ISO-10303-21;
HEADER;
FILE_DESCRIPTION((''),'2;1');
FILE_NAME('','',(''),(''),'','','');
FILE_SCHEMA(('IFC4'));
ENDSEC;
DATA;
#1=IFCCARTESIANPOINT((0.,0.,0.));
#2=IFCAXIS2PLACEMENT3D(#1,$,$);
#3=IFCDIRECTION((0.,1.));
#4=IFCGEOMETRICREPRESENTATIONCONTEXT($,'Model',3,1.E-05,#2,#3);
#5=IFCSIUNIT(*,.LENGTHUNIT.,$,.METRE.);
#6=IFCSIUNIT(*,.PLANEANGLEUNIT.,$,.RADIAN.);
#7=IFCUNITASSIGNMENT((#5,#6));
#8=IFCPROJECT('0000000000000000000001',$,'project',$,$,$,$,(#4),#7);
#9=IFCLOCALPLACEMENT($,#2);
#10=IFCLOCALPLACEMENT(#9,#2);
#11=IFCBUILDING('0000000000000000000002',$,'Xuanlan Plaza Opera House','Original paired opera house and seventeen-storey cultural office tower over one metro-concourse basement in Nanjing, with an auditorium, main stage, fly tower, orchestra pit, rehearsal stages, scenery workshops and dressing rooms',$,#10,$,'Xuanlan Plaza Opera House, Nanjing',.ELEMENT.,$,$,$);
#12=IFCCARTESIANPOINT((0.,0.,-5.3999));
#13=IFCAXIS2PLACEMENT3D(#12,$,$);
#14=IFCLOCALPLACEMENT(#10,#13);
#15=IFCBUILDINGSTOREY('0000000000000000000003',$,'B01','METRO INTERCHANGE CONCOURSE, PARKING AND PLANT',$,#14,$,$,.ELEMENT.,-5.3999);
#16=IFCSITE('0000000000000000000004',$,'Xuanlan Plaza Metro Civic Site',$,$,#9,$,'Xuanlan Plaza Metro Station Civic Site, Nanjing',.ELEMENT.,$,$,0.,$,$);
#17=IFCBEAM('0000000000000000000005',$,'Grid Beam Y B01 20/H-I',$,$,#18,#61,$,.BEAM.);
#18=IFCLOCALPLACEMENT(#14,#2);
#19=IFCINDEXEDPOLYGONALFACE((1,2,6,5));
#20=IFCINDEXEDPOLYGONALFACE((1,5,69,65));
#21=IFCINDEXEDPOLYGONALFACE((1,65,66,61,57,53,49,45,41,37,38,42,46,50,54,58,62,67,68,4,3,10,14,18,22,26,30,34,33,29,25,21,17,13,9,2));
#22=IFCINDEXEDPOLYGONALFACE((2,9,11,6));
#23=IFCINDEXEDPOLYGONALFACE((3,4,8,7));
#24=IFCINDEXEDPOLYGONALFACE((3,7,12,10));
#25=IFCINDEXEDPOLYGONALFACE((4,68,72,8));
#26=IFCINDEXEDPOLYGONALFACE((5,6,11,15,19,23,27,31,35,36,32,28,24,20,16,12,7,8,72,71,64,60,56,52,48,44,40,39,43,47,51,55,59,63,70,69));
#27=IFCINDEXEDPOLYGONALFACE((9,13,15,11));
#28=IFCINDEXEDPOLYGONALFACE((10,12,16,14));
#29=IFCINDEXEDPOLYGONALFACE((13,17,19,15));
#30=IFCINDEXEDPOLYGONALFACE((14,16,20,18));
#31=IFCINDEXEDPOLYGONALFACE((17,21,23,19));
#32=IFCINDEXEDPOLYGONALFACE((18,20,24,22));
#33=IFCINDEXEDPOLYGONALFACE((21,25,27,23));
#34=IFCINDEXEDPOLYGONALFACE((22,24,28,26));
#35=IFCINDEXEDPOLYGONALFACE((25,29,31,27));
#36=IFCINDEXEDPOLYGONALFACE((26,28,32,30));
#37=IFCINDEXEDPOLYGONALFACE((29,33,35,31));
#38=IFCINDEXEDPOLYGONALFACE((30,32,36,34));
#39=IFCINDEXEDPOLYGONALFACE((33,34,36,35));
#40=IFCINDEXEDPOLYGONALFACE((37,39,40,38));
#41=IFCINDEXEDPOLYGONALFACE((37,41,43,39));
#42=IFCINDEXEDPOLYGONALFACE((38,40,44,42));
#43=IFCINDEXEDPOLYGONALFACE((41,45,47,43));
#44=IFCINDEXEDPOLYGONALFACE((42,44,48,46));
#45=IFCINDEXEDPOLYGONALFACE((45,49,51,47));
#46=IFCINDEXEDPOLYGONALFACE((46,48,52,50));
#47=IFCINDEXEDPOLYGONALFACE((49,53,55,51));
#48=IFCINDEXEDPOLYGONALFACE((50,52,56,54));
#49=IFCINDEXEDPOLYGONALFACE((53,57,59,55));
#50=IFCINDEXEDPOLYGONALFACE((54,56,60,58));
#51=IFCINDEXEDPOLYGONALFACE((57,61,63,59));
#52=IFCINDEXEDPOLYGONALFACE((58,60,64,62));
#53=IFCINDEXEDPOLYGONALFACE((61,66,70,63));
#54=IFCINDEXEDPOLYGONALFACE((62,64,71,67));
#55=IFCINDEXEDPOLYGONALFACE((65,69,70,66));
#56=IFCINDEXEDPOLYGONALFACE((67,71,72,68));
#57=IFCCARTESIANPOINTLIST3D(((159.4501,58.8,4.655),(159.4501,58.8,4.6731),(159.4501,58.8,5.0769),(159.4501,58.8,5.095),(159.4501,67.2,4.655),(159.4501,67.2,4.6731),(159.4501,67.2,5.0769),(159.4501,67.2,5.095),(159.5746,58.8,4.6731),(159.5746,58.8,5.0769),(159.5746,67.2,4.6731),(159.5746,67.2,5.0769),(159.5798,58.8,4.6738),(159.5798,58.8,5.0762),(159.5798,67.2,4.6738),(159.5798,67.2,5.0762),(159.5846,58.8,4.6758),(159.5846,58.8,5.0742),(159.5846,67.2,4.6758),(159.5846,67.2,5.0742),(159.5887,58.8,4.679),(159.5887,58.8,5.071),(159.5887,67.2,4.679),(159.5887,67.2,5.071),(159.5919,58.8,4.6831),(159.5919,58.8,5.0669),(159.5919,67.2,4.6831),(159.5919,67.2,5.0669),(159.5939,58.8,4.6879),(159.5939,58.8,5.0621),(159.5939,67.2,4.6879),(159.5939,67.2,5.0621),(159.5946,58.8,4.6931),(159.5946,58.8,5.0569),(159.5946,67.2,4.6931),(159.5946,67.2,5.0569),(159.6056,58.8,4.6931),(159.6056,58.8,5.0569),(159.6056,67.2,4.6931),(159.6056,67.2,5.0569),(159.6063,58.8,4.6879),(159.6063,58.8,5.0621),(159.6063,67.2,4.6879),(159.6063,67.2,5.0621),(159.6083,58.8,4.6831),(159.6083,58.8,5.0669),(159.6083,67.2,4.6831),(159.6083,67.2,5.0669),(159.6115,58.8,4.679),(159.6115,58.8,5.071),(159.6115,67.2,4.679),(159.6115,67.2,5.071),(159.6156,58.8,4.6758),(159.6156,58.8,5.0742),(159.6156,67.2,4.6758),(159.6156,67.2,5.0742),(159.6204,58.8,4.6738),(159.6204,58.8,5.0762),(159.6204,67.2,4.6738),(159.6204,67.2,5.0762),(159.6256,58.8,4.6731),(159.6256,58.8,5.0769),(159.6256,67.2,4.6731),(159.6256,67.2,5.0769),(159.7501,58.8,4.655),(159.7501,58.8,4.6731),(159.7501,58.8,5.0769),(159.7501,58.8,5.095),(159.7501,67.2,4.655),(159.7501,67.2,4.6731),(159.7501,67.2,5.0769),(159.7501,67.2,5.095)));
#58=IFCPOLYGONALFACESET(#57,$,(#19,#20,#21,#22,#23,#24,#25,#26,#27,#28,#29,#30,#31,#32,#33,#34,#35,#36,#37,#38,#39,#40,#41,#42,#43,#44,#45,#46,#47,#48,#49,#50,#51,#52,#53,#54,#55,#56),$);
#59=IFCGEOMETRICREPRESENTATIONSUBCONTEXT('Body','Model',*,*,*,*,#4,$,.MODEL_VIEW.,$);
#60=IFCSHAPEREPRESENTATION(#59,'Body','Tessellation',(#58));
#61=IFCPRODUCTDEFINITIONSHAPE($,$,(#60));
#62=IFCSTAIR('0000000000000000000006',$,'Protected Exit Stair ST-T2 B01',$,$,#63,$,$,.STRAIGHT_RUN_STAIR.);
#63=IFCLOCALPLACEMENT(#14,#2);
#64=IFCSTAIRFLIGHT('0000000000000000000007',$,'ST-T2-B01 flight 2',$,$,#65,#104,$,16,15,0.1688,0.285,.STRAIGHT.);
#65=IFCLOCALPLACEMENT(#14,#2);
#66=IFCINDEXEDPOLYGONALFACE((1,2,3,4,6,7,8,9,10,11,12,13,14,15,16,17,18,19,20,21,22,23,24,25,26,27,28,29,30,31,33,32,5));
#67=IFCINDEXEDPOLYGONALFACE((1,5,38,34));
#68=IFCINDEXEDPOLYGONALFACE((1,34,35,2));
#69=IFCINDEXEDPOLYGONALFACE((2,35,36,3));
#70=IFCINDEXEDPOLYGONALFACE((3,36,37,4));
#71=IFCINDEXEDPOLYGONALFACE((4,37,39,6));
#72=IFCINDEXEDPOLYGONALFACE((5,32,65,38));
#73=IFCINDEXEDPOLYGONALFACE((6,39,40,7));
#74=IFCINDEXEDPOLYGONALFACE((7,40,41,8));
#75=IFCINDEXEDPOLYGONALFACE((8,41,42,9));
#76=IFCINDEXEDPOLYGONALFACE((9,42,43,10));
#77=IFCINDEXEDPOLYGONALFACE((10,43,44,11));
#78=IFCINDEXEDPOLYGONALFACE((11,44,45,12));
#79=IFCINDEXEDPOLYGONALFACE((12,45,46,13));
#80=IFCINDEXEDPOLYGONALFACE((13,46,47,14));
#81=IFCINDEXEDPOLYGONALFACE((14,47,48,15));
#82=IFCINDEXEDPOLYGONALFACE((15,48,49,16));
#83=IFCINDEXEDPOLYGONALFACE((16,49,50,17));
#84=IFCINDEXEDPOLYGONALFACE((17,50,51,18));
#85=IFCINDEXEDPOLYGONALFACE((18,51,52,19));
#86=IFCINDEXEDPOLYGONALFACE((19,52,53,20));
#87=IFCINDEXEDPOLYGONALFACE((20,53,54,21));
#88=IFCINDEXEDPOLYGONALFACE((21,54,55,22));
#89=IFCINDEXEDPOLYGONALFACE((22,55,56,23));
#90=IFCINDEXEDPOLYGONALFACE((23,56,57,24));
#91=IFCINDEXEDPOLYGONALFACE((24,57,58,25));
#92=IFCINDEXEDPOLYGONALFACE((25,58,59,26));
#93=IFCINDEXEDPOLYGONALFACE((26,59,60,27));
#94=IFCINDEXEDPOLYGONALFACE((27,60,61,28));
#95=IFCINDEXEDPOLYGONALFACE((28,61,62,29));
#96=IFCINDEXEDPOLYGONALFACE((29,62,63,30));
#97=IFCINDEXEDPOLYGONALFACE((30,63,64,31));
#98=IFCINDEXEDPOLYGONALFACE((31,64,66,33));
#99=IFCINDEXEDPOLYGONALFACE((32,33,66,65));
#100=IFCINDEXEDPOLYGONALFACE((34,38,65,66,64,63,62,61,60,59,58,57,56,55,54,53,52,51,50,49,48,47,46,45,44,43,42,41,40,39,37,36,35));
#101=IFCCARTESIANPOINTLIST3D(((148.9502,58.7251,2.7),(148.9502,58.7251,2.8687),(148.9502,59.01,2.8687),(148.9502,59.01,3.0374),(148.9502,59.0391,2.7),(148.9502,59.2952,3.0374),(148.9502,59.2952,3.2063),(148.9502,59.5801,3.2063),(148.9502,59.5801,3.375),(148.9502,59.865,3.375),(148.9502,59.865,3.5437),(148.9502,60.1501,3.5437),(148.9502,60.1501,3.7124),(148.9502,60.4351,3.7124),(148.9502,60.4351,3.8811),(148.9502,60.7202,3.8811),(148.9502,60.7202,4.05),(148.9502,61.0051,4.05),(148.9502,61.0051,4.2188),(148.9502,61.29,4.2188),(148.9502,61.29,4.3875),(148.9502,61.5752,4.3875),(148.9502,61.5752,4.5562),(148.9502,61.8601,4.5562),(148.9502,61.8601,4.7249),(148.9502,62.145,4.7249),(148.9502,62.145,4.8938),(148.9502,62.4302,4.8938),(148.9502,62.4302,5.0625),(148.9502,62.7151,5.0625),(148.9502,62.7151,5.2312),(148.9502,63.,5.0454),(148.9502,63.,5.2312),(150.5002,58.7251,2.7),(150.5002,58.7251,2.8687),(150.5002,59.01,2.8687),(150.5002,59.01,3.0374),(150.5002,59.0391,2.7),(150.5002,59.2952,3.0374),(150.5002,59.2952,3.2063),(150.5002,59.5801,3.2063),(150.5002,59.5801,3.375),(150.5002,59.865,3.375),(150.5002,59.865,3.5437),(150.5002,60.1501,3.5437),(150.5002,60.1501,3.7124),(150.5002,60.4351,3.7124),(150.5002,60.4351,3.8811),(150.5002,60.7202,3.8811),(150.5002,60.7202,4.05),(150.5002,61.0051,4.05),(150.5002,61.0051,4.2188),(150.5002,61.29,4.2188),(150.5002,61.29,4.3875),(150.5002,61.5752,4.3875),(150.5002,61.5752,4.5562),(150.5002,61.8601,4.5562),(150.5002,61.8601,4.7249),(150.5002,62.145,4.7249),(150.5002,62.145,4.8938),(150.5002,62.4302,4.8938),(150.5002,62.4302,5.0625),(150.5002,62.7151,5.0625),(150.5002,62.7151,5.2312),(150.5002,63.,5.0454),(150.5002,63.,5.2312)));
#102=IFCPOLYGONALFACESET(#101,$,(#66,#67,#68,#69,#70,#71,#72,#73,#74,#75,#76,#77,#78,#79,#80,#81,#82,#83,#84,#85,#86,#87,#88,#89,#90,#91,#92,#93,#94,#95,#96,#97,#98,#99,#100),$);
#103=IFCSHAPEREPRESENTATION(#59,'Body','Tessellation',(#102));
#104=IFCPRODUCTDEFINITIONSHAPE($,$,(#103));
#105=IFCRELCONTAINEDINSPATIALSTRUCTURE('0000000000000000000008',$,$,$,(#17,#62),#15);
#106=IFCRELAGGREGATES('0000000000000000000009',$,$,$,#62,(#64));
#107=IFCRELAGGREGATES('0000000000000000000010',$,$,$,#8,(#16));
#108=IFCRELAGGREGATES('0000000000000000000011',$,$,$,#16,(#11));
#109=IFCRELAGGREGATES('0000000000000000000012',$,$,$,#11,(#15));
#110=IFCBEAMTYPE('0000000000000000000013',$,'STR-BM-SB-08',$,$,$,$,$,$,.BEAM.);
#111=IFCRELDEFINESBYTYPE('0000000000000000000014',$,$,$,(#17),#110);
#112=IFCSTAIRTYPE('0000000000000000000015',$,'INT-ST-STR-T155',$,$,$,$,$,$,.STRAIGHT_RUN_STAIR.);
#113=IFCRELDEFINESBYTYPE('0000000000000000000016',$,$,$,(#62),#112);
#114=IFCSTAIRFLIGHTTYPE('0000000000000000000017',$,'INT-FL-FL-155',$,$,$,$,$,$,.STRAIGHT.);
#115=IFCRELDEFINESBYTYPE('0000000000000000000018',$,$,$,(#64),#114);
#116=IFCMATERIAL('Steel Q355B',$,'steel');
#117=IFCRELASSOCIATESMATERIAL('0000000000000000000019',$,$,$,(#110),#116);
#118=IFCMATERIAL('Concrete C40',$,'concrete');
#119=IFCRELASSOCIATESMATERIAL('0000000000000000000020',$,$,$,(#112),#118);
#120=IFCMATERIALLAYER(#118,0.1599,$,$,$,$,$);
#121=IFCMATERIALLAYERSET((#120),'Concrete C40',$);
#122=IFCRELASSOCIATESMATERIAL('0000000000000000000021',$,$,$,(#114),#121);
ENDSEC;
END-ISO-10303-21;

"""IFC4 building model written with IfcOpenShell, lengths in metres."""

from ifc_helpers import new_model, si_unit, direction, frame, origin, origin_2d, place, context, subcontext, project, spatial, polyline, i_section, outline, extrude, material, layer, layer_set, material_profile, profile_set, type_object, element, aggregate, save


model = new_model("IFC4")

# Units and contexts
model_context = context("Model", 3, precision=1e-05, world=origin(), true_north=direction((0.0, 1.0)))
body_context = subcontext(model_context, "Body", "Model", "MODEL_VIEW")
ifc_project = project(units=[si_unit("LENGTHUNIT", "METRE"), si_unit("PLANEANGLEUNIT", "RADIAN")], contexts=[model_context])

# Site, building, storey
site_placement = place(None, origin())
site = spatial("IfcSite", under=ifc_project, at=site_placement, Name="Xuanlan Plaza Metro Civic Site", LongName="Xuanlan Plaza Metro Station Civic Site, Nanjing", CompositionType="ELEMENT", RefElevation=0.0)
building_placement = place(site_placement, origin())
building = spatial("IfcBuilding", under=site, at=building_placement, Name="Xuanlan Plaza Opera House", Description="Original paired opera house and seventeen-storey cultural office tower over one metro-concourse basement in Nanjing, with an auditorium, main stage, fly tower, orchestra pit, rehearsal stages, scenery workshops and dressing rooms", LongName="Xuanlan Plaza Opera House, Nanjing", CompositionType="ELEMENT")
storey_placement = place(building_placement, frame((0.0, 0.0, -5.3999)))
storey = spatial("IfcBuildingStorey", under=building, at=storey_placement, Name="B01", Description="METRO INTERCHANGE CONCOURSE, PARKING AND PLANT", CompositionType="ELEMENT", Elevation=-5.3999)

# Shared definitions
ifc_material_1 = material(Name="Concrete C40", Category="concrete")

# Beam
ifc_material_2 = material(Name="Steel Q355B", Category="steel")
ifc_material_profile_1 = material_profile(ifc_material_2, i_section(OverallWidth=0.3, OverallDepth=0.4399, WebThickness=0.011, FlangeThickness=0.0181, FilletRadius=0.02, at=origin_2d()), Name="HM 440x300x11x18")
ifc_profile_set_1 = profile_set([ifc_material_profile_1], Name="Steel Q355B")
beam_type_1 = type_object("IfcBeamType", Name="STR-BM-SB-08", PredefinedType="BEAM", material=ifc_profile_set_1)
beam_1_placement = place(storey_placement, frame((159.6001, 58.8, 4.875), z_axis=(0.0, 1.0, 0.0), x_axis=(-1.0, 0.0, 0.0)))
element("IfcBeam", 1, at=beam_1_placement, inside=storey, type_object=beam_type_1, Name="Grid Beam Y B01 20/H-I", PredefinedType="BEAM", context=body_context, shape_type="SweptSolid", body=[
    extrude(i_section(OverallWidth=0.3, OverallDepth=0.4399, WebThickness=0.011, FlangeThickness=0.0181, FilletRadius=0.02, at=origin_2d()), origin(), (0.0, 0.0, 1.0), 8.3999),
])

# Stair, stair flight
stair_type = type_object("IfcStairType", Name="INT-ST-STR-T155", PredefinedType="STRAIGHT_RUN_STAIR", material=ifc_material_1)
stair_placement = place(storey_placement, origin())
stair = element("IfcStair", 2, at=stair_placement, inside=storey, type_object=stair_type, Name="Protected Exit Stair ST-T2 B01", PredefinedType="STRAIGHT_RUN_STAIR")
ifc_layer = layer(ifc_material_1, 0.1599)
ifc_layer_set = layer_set([ifc_layer], Name="Concrete C40")
stair_flight_type = type_object("IfcStairFlightType", Name="INT-FL-FL-155", PredefinedType="STRAIGHT", material=ifc_layer_set)
stair_flight_placement = place(storey_placement, frame((149.7251, 58.7251, 2.7), z_axis=(0.0, 0.0, 1.0), x_axis=(0.0, 1.0, 0.0)))
stair_flight = element("IfcStairFlight", 3, at=stair_flight_placement, type_object=stair_flight_type, Name="ST-T2-B01 flight 2", NumberOfRisers=16, NumberOfTreads=15, PredefinedType="STRAIGHT", RiserHeight=0.1688, TreadLength=0.285, context=body_context, shape_type="SweptSolid", body=[
    extrude(outline(polyline([(0.0, 0.0), (0.0, 0.1687), (0.2849, 0.1687), (0.2849, 0.3374), (0.5701, 0.3374), (0.5701, 0.5063), (0.855, 0.5063), (0.855, 0.675), (1.1399, 0.675), (1.1399, 0.8438), (1.425, 0.8438), (1.425, 1.0125), (1.71, 1.0125), (1.71, 1.1812), (1.9951, 1.1812), (1.9951, 1.3501), (2.28, 1.3501), (2.28, 1.5188), (2.5649, 1.5188), (2.5649, 1.6875), (2.8501, 1.6875), (2.8501, 1.8562), (3.135, 1.8562), (3.135, 2.0249), (3.4199, 2.0249), (3.4199, 2.1938), (3.7051, 2.1938), (3.7051, 2.3625), (3.99, 2.3625), (3.99, 2.5312), (4.2749, 2.5312), (4.2749, 2.7), (4.2749, 2.3455), (0.314, 0.0), (0.0, 0.0)])), frame((0.0, 0.7749, 0.0), z_axis=(0.0, -1.0, 0.0), x_axis=(1.0, 0.0, 0.0)), (0.0, 0.0, 1.0), 1.55),
])
aggregate(stair, [stair_flight])

save(model, "model.ifc")
